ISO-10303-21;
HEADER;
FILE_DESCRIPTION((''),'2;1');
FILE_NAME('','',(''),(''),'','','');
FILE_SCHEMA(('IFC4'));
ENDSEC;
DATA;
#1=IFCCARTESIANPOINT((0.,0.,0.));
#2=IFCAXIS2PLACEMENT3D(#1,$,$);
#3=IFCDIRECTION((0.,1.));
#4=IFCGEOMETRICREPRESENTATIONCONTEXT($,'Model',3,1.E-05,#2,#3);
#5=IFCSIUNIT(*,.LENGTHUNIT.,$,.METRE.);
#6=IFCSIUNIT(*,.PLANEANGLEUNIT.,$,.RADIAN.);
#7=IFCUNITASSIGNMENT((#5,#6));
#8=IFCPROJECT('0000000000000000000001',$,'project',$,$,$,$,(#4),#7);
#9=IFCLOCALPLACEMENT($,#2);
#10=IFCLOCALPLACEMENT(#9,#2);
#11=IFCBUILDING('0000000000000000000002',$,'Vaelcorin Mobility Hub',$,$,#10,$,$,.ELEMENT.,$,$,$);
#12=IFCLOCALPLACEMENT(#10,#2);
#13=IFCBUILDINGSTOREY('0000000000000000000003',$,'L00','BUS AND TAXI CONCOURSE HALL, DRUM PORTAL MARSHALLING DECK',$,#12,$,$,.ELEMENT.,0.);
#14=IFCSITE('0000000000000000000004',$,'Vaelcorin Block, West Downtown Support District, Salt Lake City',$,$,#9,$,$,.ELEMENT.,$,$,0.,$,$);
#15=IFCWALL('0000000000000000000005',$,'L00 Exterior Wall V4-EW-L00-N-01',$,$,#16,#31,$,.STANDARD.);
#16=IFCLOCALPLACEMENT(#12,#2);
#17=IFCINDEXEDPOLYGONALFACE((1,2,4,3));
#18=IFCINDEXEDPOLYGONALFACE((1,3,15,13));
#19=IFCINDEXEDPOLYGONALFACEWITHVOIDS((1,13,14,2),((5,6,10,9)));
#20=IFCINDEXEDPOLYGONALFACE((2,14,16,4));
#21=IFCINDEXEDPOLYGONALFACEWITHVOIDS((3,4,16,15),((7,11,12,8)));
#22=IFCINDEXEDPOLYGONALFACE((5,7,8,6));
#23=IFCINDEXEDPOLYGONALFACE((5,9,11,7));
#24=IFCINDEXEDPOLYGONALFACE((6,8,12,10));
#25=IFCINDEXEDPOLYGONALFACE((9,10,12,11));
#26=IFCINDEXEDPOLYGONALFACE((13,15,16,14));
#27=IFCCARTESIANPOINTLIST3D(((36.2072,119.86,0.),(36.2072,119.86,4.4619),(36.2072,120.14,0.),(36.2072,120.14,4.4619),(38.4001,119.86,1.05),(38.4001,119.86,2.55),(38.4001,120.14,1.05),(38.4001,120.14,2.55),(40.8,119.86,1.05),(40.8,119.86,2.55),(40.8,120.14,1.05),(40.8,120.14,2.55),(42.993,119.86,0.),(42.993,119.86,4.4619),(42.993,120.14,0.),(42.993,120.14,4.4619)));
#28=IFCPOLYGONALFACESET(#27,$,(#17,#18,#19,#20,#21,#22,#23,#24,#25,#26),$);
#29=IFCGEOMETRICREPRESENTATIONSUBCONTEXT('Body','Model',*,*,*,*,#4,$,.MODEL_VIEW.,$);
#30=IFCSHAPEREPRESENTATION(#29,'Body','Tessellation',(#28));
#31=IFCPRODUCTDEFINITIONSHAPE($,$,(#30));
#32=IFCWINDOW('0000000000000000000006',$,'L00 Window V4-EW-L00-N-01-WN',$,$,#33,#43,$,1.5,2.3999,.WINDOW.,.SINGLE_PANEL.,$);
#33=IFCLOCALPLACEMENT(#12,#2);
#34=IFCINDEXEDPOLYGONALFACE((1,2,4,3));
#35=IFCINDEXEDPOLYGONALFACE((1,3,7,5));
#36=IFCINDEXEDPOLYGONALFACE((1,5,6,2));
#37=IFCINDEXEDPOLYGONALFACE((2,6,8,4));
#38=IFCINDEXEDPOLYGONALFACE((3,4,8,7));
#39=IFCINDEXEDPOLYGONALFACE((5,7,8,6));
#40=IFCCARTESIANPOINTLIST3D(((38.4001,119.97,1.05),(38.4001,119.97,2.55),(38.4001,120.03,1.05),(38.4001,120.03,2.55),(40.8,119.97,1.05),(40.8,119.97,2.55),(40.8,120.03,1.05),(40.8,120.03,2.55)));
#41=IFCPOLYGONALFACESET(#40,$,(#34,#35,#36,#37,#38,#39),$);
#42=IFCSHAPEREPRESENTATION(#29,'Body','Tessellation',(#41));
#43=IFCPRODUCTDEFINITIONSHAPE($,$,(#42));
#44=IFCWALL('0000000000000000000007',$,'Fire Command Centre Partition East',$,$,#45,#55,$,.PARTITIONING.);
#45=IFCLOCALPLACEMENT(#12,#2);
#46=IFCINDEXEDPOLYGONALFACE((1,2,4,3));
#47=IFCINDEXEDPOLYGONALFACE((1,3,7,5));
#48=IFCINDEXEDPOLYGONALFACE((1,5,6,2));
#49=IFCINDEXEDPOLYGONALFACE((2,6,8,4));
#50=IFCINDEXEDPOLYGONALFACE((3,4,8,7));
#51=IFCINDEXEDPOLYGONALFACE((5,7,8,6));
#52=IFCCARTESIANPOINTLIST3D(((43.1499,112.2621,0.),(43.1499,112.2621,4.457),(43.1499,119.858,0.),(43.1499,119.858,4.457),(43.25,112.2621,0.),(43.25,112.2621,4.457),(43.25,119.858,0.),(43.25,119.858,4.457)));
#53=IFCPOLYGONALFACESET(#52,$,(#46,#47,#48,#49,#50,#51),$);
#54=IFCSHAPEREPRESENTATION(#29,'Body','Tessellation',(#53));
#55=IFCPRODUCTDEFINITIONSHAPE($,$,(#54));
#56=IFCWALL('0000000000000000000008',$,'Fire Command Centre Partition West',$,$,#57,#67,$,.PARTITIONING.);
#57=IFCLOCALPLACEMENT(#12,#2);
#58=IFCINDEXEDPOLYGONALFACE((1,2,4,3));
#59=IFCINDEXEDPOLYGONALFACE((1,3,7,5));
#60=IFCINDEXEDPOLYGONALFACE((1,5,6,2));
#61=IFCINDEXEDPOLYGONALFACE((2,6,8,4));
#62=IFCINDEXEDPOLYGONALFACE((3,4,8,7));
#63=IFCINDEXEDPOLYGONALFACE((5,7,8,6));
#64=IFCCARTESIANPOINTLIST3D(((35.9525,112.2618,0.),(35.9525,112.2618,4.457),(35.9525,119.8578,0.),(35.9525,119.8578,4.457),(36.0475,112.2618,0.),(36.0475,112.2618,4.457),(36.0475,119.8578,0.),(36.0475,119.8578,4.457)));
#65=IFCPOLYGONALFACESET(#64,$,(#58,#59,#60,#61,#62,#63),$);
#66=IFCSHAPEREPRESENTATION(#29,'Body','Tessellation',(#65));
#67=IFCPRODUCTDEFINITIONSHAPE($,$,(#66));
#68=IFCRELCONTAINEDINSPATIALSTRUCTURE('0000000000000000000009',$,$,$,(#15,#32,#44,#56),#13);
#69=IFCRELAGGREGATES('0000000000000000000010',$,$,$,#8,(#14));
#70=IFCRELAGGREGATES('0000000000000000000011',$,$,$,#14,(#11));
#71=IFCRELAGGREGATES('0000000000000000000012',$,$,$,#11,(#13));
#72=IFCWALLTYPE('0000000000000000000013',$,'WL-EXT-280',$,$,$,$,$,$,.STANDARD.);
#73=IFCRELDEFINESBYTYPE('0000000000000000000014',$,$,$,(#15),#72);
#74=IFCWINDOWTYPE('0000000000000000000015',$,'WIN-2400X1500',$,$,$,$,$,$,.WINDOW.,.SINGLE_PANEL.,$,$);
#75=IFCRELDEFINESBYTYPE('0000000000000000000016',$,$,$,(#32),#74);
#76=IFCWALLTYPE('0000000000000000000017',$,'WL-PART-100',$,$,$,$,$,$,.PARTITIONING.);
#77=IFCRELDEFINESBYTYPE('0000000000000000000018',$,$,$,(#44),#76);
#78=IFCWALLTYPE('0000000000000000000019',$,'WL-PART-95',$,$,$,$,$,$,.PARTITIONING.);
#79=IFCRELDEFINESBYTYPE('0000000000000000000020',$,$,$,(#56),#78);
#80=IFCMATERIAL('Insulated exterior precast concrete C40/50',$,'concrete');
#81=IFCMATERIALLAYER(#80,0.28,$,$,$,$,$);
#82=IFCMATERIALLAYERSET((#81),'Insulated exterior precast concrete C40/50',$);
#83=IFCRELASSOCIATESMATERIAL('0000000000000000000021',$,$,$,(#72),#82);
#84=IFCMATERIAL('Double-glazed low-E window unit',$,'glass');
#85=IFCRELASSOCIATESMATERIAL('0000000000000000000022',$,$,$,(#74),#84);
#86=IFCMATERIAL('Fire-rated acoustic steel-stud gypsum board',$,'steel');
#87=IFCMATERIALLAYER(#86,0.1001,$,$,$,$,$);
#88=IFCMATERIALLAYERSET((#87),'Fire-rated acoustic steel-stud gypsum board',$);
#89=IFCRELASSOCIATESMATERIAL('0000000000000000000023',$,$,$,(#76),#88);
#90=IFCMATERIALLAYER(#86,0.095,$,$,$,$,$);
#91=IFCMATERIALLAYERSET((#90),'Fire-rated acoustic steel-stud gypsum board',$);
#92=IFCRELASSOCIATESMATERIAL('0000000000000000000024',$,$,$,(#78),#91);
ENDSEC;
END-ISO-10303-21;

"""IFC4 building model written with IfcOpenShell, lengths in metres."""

from ifc_helpers import new_model, si_unit, direction, frame, frame_2d, origin, place, context, subcontext, project, spatial, rectangle, extrude, material, layer, layer_set, type_object, element, fill, save


model = new_model("IFC4")

# Units and contexts
model_context = context("Model", 3, precision=1e-05, world=origin(), true_north=direction((0.0, 1.0)))
body_context = subcontext(model_context, "Body", "Model", "MODEL_VIEW")
ifc_project = project(units=[si_unit("LENGTHUNIT", "METRE"), si_unit("PLANEANGLEUNIT", "RADIAN")], contexts=[model_context])

# Site, building, storey
site_placement = place(None, origin())
site = spatial("IfcSite", under=ifc_project, at=site_placement, Name="Vaelcorin Block, West Downtown Support District, Salt Lake City", CompositionType="ELEMENT", RefElevation=0.0)
building_placement = place(site_placement, origin())
building = spatial("IfcBuilding", under=site, at=building_placement, Name="Vaelcorin Mobility Hub", CompositionType="ELEMENT")
storey_placement = place(building_placement, origin())
storey = spatial("IfcBuildingStorey", under=building, at=storey_placement, Name="L00", Description="BUS AND TAXI CONCOURSE HALL, DRUM PORTAL MARSHALLING DECK", CompositionType="ELEMENT", Elevation=0.0)

# Wall, opening, window
ifc_material_1 = material(Name="Insulated exterior precast concrete C40/50", Category="concrete")
ifc_layer_1 = layer(ifc_material_1, 0.28)
ifc_layer_set_1 = layer_set([ifc_layer_1], Name="Insulated exterior precast concrete C40/50")
wall_type_1 = type_object("IfcWallType", Name="WL-EXT-280", PredefinedType="STANDARD", material=ifc_layer_set_1)
wall_1_placement = place(storey_placement, frame((36.207, 120.0, 0.0), z_axis=(0.0, 0.0, 1.0), x_axis=(1.0, 0.0, 0.0)))
wall_1 = element("IfcWall", 1, at=wall_1_placement, inside=storey, type_object=wall_type_1, Name="L00 Exterior Wall V4-EW-L00-N-01", PredefinedType="STANDARD", context=body_context, shape_type="SweptSolid", body=[
    extrude(rectangle(XDim=6.7859, YDim=0.28, at=frame_2d((3.3931, 0.0))), origin(), (0.0, 0.0, 1.0), 4.4619),
])
opening_placement = place(wall_1_placement, frame((2.1931, 0.0, 1.05)))
opening = element("IfcOpeningElement", 2, at=opening_placement, cuts=wall_1, PredefinedType="OPENING", context=body_context, shape_type="SweptSolid", body=[
    extrude(rectangle(XDim=2.3999, YDim=1.5, at=frame_2d((1.2, 0.75))), frame((0.0, 0.1499, 0.0), z_axis=(0.0, -1.0, 0.0), x_axis=(1.0, 0.0, 0.0)), (0.0, 0.0, 1.0), 0.3),
])
ifc_material_2 = material(Name="Double-glazed low-E window unit", Category="glass")
window_type = type_object("IfcWindowType", Name="WIN-2400X1500", PartitioningType="SINGLE_PANEL", PredefinedType="WINDOW", material=ifc_material_2)
window_placement = place(opening_placement, origin())
window = element("IfcWindow", 3, at=window_placement, inside=storey, type_object=window_type, Name="L00 Window V4-EW-L00-N-01-WN", OverallHeight=1.5, OverallWidth=2.3999, PartitioningType="SINGLE_PANEL", PredefinedType="WINDOW", context=body_context, shape_type="SweptSolid", body=[
    extrude(rectangle(XDim=2.3999, YDim=1.5, at=frame_2d((1.2, 0.75))), frame((0.0, 0.03, 0.0), z_axis=(0.0, -1.0, 0.0), x_axis=(1.0, 0.0, 0.0)), (0.0, 0.0, 1.0), 0.0601),
])
fill(opening, window)

# Walls
ifc_material_3 = material(Name="Fire-rated acoustic steel-stud gypsum board", Category="steel")
ifc_layer_2 = layer(ifc_material_3, 0.1001)
ifc_layer_set_2 = layer_set([ifc_layer_2], Name="Fire-rated acoustic steel-stud gypsum board")
wall_type_2 = type_object("IfcWallType", Name="WL-PART-100", PredefinedType="PARTITIONING", material=ifc_layer_set_2)
wall_2_placement = place(storey_placement, frame((43.2, 119.8579, 0.0), z_axis=(0.0, 0.0, 1.0), x_axis=(0.0, -1.0, 0.0)))
element("IfcWall", 4, at=wall_2_placement, inside=storey, type_object=wall_type_2, Name="Fire Command Centre Partition East", PredefinedType="PARTITIONING", context=body_context, shape_type="SweptSolid", body=[
    extrude(rectangle(XDim=7.5959, YDim=0.1001, at=frame_2d((3.7979, 0.0))), origin(), (0.0, 0.0, 1.0), 4.457),
])
ifc_layer_3 = layer(ifc_material_3, 0.095)
ifc_layer_set_3 = layer_set([ifc_layer_3], Name="Fire-rated acoustic steel-stud gypsum board")
wall_type_3 = type_object("IfcWallType", Name="WL-PART-95", PredefinedType="PARTITIONING", material=ifc_layer_set_3)
wall_3_placement = place(storey_placement, frame((36.0, 112.262, 0.0), z_axis=(0.0, 0.0, 1.0), x_axis=(0.0, 1.0, 0.0)))
element("IfcWall", 5, at=wall_3_placement, inside=storey, type_object=wall_type_3, Name="Fire Command Centre Partition West", PredefinedType="PARTITIONING", context=body_context, shape_type="SweptSolid", body=[
    extrude(rectangle(XDim=7.5959, YDim=0.095, at=frame_2d((3.7979, 0.0))), origin(), (0.0, 0.0, 1.0), 4.457),
])

save(model, "model.ifc")
